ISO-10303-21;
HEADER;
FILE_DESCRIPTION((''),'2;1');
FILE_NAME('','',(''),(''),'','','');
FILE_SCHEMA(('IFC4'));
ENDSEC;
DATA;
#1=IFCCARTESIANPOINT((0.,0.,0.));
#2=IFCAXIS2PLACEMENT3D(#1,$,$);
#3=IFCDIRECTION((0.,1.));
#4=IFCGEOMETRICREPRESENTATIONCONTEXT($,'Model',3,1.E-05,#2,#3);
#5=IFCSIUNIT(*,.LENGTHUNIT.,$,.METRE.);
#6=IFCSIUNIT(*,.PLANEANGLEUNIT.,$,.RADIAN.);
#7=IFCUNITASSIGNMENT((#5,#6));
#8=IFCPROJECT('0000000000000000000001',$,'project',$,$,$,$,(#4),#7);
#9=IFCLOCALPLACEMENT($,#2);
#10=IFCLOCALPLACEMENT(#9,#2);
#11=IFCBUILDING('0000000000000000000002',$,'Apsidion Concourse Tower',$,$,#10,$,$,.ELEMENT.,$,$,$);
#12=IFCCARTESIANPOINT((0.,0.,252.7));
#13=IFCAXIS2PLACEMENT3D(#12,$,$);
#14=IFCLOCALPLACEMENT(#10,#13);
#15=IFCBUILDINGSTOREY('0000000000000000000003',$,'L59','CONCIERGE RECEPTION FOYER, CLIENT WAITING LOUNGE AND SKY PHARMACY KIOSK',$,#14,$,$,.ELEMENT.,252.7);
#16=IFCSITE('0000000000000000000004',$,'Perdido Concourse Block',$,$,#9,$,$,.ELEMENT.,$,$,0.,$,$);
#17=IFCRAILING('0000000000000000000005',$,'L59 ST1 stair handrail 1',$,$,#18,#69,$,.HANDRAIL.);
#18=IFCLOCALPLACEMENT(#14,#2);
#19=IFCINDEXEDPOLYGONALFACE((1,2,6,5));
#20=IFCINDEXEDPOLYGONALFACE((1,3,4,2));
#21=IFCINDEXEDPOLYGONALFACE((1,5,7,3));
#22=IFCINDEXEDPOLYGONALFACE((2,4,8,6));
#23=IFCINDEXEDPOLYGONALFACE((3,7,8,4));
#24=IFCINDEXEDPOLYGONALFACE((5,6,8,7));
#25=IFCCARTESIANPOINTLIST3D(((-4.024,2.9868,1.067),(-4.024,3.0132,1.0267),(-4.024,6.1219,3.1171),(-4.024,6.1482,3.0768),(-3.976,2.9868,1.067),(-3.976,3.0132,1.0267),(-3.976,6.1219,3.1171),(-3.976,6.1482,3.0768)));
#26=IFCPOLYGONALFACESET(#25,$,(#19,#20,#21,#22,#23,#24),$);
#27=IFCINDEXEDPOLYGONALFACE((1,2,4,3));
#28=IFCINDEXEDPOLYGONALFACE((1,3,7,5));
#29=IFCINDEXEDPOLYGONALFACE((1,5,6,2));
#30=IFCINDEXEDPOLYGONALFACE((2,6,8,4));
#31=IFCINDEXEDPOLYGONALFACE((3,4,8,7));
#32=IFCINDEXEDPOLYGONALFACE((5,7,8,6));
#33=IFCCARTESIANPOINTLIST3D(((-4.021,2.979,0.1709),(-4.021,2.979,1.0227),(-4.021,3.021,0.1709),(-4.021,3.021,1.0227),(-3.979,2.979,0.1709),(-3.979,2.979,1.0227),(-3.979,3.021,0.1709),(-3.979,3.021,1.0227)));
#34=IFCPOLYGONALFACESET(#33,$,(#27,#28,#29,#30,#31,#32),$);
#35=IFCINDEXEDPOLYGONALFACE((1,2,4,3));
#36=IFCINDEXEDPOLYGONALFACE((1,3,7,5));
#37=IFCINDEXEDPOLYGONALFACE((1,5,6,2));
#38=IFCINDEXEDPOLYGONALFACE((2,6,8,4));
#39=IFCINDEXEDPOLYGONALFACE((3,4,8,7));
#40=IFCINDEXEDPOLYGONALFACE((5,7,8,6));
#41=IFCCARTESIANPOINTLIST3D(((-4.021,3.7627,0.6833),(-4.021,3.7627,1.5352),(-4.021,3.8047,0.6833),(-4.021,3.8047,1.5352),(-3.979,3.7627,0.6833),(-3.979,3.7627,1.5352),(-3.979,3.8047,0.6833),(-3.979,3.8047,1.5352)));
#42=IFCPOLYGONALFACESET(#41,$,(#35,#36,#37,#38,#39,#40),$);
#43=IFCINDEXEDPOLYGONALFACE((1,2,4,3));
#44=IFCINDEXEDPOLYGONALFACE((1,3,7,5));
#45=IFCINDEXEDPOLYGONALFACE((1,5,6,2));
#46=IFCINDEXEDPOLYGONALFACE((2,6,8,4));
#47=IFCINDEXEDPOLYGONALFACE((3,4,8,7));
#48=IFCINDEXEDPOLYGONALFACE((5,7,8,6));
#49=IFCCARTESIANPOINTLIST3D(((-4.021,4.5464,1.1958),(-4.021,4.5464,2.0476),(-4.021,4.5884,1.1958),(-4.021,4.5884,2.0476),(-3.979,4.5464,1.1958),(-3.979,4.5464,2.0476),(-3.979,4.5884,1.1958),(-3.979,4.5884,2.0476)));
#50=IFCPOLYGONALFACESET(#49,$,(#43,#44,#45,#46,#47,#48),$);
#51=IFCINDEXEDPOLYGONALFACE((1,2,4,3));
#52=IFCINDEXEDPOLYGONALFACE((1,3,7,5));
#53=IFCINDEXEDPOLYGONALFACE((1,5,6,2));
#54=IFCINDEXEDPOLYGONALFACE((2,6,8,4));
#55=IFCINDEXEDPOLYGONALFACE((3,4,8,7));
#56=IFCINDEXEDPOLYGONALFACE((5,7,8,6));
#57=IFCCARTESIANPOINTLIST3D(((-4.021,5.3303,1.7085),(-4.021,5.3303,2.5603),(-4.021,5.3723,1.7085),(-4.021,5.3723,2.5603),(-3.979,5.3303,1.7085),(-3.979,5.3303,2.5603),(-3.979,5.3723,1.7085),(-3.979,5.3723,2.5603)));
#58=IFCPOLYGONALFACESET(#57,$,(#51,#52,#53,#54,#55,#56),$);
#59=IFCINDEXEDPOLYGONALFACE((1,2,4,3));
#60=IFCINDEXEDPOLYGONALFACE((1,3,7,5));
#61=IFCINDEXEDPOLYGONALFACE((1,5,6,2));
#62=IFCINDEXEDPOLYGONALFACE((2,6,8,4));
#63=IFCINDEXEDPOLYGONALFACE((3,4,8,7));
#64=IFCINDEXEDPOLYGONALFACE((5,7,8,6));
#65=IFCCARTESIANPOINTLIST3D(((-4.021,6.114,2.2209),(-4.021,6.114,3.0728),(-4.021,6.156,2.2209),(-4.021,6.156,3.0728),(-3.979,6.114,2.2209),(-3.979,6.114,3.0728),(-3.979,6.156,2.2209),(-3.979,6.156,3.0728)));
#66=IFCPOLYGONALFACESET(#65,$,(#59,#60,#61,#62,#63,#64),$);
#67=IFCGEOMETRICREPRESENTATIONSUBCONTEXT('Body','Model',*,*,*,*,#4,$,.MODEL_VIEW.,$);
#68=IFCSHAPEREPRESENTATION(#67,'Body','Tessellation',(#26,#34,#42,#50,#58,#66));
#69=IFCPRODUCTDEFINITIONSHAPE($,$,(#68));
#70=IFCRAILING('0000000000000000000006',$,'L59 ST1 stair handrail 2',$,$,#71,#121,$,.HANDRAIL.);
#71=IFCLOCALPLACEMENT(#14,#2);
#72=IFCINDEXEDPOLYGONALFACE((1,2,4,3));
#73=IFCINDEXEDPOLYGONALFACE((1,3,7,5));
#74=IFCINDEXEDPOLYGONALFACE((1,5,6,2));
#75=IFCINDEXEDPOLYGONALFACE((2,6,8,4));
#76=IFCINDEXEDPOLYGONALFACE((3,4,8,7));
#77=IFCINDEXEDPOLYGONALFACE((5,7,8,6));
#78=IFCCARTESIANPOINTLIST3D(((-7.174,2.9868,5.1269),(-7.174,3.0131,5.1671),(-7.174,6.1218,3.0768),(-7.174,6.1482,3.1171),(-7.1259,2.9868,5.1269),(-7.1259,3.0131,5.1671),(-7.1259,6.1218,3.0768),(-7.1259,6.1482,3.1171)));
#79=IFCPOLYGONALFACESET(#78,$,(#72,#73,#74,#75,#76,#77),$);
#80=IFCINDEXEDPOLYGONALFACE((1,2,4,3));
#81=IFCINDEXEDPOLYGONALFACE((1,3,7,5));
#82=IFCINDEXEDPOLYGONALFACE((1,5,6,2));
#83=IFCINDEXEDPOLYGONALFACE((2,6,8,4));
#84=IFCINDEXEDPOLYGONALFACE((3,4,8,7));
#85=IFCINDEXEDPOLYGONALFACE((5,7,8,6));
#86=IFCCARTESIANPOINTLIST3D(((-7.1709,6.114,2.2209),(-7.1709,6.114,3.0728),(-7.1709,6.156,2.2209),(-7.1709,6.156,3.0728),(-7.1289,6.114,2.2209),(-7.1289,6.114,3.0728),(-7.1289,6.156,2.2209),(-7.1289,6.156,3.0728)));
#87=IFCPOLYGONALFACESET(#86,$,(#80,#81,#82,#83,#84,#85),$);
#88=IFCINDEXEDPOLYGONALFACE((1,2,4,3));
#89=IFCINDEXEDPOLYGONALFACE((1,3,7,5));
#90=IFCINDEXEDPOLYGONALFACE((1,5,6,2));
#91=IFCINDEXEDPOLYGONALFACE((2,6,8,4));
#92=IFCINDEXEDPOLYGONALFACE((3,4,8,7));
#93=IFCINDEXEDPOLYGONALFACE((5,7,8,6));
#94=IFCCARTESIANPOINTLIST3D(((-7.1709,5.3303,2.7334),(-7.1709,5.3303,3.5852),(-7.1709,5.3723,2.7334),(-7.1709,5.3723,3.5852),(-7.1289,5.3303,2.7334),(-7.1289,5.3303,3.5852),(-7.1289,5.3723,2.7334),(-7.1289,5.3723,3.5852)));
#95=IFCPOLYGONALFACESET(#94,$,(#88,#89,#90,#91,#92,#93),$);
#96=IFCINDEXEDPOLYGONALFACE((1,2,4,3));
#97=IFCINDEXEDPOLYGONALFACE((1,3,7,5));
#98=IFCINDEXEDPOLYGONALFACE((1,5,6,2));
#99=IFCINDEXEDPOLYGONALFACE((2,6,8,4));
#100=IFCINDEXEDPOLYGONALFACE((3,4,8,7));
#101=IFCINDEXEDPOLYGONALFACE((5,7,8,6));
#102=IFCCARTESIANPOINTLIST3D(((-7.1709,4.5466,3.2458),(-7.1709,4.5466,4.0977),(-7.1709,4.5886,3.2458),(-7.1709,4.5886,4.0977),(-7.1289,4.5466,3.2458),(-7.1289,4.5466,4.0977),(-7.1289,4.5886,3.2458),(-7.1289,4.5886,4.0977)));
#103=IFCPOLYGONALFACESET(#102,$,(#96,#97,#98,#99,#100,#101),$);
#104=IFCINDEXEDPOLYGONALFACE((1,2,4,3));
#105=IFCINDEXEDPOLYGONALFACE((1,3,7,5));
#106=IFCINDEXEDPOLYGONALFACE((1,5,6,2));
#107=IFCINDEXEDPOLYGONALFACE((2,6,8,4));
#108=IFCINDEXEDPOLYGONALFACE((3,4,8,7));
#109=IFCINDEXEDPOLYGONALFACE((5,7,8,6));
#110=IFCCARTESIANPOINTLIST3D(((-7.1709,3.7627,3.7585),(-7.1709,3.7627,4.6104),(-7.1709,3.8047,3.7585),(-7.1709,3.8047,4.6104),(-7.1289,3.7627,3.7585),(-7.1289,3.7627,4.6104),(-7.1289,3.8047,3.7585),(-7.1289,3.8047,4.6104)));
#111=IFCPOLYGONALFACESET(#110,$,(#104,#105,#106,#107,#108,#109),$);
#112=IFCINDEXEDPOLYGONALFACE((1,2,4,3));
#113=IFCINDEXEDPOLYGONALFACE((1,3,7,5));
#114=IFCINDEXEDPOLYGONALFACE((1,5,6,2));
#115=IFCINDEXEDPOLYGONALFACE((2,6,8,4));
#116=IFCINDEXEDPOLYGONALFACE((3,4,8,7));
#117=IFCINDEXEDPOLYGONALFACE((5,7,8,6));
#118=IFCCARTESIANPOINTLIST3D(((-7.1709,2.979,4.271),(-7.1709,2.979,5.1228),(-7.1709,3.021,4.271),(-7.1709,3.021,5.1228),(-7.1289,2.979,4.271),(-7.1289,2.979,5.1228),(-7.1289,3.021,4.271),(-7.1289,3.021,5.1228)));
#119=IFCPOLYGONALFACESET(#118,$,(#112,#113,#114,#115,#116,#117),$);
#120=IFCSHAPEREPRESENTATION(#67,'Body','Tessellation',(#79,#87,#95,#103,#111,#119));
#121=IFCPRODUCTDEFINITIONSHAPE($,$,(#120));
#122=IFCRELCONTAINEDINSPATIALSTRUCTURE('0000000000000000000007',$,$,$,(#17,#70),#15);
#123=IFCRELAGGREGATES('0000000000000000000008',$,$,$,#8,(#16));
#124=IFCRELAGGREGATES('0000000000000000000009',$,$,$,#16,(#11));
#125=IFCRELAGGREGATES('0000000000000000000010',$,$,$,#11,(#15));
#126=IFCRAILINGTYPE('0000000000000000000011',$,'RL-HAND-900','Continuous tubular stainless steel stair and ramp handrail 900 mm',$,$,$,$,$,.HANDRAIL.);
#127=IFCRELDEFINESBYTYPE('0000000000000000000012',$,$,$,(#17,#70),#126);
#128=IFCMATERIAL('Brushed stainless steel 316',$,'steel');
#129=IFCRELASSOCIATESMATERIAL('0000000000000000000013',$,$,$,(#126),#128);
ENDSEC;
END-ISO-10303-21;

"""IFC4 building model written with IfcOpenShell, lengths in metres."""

from ifc_helpers import new_model, si_unit, direction, frame, origin, origin_2d, place, context, subcontext, project, spatial, rectangle, extrude, material, type_object, element, save


model = new_model("IFC4")

# Units and contexts
model_context = context("Model", 3, precision=1e-05, world=origin(), true_north=direction((0.0, 1.0)))
body_context = subcontext(model_context, "Body", "Model", "MODEL_VIEW")
ifc_project = project(units=[si_unit("LENGTHUNIT", "METRE"), si_unit("PLANEANGLEUNIT", "RADIAN")], contexts=[model_context])

# Site, building, storey
site_placement = place(None, origin())
site = spatial("IfcSite", under=ifc_project, at=site_placement, Name="Perdido Concourse Block", CompositionType="ELEMENT", RefElevation=0.0)
building_placement = place(site_placement, origin())
building = spatial("IfcBuilding", under=site, at=building_placement, Name="Apsidion Concourse Tower", CompositionType="ELEMENT")
storey_placement = place(building_placement, frame((0.0, 0.0, 252.7)))
storey = spatial("IfcBuildingStorey", under=building, at=storey_placement, Name="L59", Description="CONCIERGE RECEPTION FOYER, CLIENT WAITING LOUNGE AND SKY PHARMACY KIOSK", CompositionType="ELEMENT", Elevation=252.7)

# Railings
ifc_material_1 = material(Name="Brushed stainless steel 316", Category="steel")
railing_type_1 = type_object("IfcRailingType", Name="RL-HAND-900", Description="Continuous tubular stainless steel stair and ramp handrail 900 mm", PredefinedType="HANDRAIL", material=ifc_material_1)
railing_1_placement = place(storey_placement, frame((-4.0, 3.0, 0.1709)))
element("IfcRailing", 1, at=railing_1_placement, inside=storey, type_object=railing_type_1, Name="L59 ST1 stair handrail 1", PredefinedType="HANDRAIL", context=body_context, shape_type="SweptSolid", body=[
    extrude(rectangle(XDim=0.0481, YDim=0.0481, at=origin_2d()), frame((0.0, 0.0, 0.876), z_axis=(0.0, 0.836941, 0.547293), x_axis=(-1.0, 0.0, 0.0)), (0.0, 0.0, 1.0), 3.7458),
    extrude(rectangle(XDim=0.042, YDim=0.042, at=origin_2d()), origin(), (0.0, 0.0, 1.0), 0.8518),
    extrude(rectangle(XDim=0.042, YDim=0.042, at=origin_2d()), frame((0.0, 0.7837, 0.5125)), (0.0, 0.0, 1.0), 0.8518),
    extrude(rectangle(XDim=0.042, YDim=0.042, at=origin_2d()), frame((0.0, 1.5674, 1.0249)), (0.0, 0.0, 1.0), 0.8518),
    extrude(rectangle(XDim=0.042, YDim=0.042, at=origin_2d()), frame((0.0, 2.3513, 1.5376)), (0.0, 0.0, 1.0), 0.8518),
    extrude(rectangle(XDim=0.042, YDim=0.042, at=origin_2d()), frame((0.0, 3.135, 2.05)), (0.0, 0.0, 1.0), 0.8518),
])
railing_2_placement = place(storey_placement, frame((-7.1499, 6.135, 2.2209)))
element("IfcRailing", 2, at=railing_2_placement, inside=storey, type_object=railing_type_1, Name="L59 ST1 stair handrail 2", PredefinedType="HANDRAIL", context=body_context, shape_type="SweptSolid", body=[
    extrude(rectangle(XDim=0.0481, YDim=0.0481, at=origin_2d()), frame((0.0, 0.0, 0.876), z_axis=(0.0, -0.836941, 0.547293), x_axis=(1.0, 0.0, 0.0)), (0.0, 0.0, 1.0), 3.7458),
    extrude(rectangle(XDim=0.042, YDim=0.042, at=origin_2d()), origin(), (0.0, 0.0, 1.0), 0.8518),
    extrude(rectangle(XDim=0.042, YDim=0.042, at=origin_2d()), frame((0.0, -0.7837, 0.5125)), (0.0, 0.0, 1.0), 0.8518),
    extrude(rectangle(XDim=0.042, YDim=0.042, at=origin_2d()), frame((0.0, -1.5674, 1.0249)), (0.0, 0.0, 1.0), 0.8518),
    extrude(rectangle(XDim=0.042, YDim=0.042, at=origin_2d()), frame((0.0, -2.3513, 1.5376)), (0.0, 0.0, 1.0), 0.8518),
    extrude(rectangle(XDim=0.042, YDim=0.042, at=origin_2d()), frame((0.0, -3.135, 2.05)), (0.0, 0.0, 1.0), 0.8518),
])

save(model, "model.ifc")
